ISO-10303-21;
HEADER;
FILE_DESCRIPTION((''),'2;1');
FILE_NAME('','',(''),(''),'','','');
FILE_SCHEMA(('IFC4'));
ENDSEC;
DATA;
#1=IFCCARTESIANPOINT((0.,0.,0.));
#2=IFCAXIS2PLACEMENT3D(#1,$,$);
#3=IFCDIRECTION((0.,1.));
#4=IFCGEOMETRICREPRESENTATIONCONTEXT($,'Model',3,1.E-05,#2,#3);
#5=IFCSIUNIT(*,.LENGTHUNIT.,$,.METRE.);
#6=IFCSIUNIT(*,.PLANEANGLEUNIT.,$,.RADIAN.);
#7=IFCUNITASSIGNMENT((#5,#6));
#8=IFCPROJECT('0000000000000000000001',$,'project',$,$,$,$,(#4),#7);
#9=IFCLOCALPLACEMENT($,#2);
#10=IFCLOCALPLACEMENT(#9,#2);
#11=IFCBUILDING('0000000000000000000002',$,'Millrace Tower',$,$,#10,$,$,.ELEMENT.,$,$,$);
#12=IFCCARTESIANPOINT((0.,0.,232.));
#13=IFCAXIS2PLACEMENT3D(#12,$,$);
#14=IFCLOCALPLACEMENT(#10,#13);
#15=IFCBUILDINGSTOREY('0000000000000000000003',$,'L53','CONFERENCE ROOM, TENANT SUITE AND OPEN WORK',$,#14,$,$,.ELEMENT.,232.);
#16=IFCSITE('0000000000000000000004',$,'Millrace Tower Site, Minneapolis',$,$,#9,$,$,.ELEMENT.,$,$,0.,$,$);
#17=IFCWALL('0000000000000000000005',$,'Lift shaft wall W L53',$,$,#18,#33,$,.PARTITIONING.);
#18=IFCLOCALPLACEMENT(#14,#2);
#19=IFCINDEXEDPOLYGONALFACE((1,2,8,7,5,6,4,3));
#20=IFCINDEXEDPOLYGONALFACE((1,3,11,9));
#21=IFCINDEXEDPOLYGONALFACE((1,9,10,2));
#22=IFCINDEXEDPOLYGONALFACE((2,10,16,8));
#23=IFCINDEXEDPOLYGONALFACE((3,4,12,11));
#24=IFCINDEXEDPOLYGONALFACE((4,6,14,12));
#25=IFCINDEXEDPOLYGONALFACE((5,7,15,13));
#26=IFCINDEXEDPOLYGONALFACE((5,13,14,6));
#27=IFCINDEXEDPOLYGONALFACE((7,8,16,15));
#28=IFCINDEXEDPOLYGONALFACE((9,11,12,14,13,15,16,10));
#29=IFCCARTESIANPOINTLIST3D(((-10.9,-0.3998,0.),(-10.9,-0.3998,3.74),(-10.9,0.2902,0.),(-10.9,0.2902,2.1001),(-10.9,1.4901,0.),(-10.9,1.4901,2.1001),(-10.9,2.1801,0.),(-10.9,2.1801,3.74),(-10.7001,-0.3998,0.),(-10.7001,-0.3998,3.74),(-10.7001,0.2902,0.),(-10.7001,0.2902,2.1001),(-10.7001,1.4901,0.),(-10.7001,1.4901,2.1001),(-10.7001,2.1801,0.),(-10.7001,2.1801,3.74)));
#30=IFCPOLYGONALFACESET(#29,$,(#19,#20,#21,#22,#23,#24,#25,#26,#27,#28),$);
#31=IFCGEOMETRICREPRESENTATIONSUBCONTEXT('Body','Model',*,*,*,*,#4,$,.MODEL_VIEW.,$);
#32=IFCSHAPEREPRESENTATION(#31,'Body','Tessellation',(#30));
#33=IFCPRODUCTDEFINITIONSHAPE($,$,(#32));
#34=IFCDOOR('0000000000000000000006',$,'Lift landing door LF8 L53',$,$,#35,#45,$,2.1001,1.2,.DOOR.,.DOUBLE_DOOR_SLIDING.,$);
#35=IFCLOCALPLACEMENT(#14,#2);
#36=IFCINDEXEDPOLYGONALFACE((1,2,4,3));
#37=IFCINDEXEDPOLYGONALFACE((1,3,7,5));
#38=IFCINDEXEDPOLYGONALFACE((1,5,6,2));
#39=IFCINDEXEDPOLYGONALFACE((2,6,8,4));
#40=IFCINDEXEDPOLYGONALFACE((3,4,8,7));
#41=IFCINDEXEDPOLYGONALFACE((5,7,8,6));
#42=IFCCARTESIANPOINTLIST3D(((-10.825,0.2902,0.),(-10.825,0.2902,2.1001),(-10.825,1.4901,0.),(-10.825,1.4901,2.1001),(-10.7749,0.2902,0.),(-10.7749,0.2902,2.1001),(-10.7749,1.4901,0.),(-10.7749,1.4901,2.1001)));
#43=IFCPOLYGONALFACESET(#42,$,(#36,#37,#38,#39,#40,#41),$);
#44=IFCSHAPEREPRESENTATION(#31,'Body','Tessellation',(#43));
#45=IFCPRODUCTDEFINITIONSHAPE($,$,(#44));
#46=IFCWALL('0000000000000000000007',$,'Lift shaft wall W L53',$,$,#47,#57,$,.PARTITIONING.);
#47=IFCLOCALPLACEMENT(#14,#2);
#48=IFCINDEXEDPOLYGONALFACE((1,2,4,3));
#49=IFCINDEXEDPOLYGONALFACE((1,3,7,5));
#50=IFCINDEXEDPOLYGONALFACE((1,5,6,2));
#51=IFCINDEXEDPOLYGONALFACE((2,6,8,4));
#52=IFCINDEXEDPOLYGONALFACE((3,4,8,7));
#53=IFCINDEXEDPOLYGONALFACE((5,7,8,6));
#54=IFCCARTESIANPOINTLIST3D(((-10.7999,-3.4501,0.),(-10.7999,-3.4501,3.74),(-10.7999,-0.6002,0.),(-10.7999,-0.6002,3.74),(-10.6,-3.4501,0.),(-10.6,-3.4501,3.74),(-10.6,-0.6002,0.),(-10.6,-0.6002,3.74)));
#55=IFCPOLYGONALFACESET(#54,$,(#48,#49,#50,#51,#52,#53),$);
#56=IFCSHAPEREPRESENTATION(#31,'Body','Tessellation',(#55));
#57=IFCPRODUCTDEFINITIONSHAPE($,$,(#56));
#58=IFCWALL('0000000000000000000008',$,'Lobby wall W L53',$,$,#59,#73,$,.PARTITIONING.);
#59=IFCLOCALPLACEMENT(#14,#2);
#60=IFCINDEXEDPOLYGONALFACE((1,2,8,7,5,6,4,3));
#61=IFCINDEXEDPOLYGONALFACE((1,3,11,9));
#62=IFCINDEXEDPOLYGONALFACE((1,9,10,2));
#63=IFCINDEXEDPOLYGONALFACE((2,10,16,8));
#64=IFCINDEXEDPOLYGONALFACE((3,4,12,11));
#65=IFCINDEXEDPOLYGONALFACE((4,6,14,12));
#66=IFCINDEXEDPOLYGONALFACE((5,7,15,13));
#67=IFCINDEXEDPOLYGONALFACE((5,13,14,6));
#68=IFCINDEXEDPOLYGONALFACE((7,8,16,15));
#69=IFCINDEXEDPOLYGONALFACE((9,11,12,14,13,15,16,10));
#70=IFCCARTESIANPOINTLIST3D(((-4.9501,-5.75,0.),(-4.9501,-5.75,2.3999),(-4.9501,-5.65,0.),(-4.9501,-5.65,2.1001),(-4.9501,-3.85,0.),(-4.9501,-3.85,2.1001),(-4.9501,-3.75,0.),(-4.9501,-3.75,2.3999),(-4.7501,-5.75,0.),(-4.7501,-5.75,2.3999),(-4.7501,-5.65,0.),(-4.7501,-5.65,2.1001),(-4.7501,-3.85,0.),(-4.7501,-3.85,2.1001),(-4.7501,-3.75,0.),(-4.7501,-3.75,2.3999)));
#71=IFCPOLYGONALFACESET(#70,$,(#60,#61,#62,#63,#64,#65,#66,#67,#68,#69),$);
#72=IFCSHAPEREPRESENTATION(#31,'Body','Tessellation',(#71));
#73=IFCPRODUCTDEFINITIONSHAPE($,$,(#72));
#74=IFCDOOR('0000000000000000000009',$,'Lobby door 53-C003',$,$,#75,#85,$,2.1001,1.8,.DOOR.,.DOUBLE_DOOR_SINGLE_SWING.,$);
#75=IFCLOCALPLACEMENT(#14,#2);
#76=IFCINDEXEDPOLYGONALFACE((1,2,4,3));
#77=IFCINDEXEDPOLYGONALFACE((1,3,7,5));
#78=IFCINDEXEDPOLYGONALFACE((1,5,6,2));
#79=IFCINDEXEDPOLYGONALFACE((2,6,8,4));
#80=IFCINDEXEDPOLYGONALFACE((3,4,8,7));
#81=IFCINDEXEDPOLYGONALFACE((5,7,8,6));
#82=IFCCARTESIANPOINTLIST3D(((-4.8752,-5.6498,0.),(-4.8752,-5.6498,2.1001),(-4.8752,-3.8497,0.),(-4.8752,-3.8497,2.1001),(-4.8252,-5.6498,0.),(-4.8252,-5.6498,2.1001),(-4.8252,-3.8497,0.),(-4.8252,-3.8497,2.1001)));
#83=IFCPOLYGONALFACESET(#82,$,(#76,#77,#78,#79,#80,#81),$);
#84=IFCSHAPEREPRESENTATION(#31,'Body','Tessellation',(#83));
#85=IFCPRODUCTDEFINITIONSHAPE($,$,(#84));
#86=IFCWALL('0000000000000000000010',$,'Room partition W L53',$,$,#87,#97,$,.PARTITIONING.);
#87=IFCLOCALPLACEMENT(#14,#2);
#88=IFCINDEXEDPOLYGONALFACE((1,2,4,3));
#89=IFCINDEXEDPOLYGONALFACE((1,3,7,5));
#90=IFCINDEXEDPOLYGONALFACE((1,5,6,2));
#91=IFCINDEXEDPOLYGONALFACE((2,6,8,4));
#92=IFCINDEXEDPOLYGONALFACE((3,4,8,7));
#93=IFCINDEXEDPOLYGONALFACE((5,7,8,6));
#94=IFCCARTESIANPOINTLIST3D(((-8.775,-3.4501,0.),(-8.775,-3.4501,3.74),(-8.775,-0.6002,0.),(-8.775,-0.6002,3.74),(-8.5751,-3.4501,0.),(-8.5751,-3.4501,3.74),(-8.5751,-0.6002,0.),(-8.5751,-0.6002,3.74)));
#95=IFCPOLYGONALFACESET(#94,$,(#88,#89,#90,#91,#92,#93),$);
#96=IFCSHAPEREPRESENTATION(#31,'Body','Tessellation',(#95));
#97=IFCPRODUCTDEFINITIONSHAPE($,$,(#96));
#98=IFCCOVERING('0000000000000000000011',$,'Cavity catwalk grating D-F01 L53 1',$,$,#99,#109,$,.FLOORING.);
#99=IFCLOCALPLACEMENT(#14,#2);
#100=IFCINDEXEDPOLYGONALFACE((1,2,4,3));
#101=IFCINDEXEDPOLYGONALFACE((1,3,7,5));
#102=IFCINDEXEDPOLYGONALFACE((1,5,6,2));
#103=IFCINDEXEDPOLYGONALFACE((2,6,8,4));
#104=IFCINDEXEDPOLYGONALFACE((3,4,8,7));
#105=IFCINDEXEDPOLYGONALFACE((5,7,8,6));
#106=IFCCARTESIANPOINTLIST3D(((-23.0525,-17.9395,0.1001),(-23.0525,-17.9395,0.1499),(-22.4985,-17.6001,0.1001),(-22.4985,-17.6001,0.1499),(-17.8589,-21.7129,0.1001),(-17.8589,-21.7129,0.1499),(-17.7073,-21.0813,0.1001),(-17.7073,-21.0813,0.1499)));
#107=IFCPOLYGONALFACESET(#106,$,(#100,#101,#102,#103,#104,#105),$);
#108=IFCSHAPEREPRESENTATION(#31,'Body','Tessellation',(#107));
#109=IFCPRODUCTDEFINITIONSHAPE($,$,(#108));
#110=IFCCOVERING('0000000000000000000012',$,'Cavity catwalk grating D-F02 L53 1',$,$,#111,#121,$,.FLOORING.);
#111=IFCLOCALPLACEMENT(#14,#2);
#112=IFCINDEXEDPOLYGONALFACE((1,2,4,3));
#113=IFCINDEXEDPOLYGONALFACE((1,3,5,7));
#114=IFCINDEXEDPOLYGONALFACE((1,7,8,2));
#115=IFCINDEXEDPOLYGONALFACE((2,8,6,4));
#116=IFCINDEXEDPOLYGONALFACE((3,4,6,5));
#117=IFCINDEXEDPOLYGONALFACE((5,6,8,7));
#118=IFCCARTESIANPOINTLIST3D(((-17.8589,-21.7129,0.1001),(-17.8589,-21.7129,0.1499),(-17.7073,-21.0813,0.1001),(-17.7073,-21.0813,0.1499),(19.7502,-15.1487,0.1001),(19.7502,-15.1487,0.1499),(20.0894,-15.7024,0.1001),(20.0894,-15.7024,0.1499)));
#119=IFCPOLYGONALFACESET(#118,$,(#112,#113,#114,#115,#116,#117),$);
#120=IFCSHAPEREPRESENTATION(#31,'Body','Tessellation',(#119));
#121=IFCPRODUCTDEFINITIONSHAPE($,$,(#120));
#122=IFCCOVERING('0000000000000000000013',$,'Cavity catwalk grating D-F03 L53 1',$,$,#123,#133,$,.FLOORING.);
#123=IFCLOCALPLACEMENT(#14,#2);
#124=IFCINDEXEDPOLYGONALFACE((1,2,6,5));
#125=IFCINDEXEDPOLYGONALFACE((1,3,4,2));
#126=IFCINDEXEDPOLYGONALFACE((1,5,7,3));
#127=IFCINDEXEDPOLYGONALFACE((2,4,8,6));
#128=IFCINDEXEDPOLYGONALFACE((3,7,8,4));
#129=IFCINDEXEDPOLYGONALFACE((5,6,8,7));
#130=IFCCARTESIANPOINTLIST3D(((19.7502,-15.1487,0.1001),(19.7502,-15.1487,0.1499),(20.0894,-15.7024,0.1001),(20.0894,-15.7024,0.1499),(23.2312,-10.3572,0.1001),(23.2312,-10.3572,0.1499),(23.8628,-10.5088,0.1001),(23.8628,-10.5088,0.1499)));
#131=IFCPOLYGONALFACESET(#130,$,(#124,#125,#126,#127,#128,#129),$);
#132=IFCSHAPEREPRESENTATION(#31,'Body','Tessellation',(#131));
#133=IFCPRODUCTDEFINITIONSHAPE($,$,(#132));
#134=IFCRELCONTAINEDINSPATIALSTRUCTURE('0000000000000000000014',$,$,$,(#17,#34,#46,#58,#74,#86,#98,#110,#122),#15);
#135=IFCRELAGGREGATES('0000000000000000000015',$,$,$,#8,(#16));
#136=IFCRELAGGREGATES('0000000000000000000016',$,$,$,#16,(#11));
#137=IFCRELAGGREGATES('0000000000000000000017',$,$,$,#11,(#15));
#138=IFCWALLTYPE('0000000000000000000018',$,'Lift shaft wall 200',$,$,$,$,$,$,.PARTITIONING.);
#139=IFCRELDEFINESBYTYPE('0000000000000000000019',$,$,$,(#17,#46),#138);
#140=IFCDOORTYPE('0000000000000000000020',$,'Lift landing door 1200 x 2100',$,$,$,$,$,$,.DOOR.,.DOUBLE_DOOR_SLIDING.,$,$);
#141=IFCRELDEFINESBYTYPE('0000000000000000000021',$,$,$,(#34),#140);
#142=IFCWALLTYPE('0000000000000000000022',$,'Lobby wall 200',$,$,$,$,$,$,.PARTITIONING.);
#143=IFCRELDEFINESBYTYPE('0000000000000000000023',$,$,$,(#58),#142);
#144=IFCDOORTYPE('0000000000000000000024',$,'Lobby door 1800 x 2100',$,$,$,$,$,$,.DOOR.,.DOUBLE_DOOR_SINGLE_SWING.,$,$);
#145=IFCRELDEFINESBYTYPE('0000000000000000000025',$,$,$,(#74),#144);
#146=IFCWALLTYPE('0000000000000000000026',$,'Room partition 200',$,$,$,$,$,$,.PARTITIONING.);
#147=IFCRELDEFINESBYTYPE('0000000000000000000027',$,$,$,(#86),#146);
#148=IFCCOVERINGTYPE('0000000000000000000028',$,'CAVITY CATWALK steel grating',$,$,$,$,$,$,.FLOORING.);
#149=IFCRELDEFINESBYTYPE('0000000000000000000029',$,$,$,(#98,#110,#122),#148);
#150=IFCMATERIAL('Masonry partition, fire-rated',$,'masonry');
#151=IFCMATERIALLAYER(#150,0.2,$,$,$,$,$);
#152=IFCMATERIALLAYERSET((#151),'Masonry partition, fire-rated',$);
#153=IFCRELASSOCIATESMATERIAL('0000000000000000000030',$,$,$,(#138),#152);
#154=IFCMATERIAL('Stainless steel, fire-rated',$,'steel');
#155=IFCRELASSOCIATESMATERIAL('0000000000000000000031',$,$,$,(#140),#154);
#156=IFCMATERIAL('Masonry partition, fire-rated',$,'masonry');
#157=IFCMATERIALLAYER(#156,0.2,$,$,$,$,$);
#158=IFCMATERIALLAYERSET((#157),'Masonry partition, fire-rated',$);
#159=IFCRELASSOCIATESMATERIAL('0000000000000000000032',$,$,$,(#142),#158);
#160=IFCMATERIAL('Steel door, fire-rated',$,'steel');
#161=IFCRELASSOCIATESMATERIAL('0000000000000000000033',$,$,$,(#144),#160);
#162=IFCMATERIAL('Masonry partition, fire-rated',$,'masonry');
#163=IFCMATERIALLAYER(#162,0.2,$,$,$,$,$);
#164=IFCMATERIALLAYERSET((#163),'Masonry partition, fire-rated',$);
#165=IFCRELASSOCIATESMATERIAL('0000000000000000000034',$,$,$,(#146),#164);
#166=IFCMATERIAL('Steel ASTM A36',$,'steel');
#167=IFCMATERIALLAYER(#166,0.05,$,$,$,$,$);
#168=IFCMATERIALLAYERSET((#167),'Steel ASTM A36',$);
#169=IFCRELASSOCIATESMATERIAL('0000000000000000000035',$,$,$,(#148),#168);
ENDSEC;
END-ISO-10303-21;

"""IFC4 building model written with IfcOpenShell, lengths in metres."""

from ifc_helpers import new_model, si_unit, direction, frame, frame_2d, origin, place, context, subcontext, project, spatial, polyline, rectangle, outline, extrude, material, layer, layer_set, type_object, element, fill, save


model = new_model("IFC4")

# Units and contexts
model_context = context("Model", 3, precision=1e-05, world=origin(), true_north=direction((0.0, 1.0)))
body_context = subcontext(model_context, "Body", "Model", "MODEL_VIEW")
ifc_project = project(units=[si_unit("LENGTHUNIT", "METRE"), si_unit("PLANEANGLEUNIT", "RADIAN")], contexts=[model_context])

# Site, building, storey
site_placement = place(None, origin())
site = spatial("IfcSite", under=ifc_project, at=site_placement, Name="Millrace Tower Site, Minneapolis", CompositionType="ELEMENT", RefElevation=0.0)
building_placement = place(site_placement, origin())
building = spatial("IfcBuilding", under=site, at=building_placement, Name="Millrace Tower", CompositionType="ELEMENT")
storey_placement = place(building_placement, frame((0.0, 0.0, 232.0)))
storey = spatial("IfcBuildingStorey", under=building, at=storey_placement, Name="L53", Description="CONFERENCE ROOM, TENANT SUITE AND OPEN WORK", CompositionType="ELEMENT", Elevation=232.0)

# Wall, opening, door
ifc_material_1 = material(Name="Masonry partition, fire-rated", Category="masonry")
ifc_layer_1 = layer(ifc_material_1, 0.2)
ifc_layer_set_1 = layer_set([ifc_layer_1], Name="Masonry partition, fire-rated")
wall_type_1 = type_object("IfcWallType", Name="Lift shaft wall 200", PredefinedType="PARTITIONING", material=ifc_layer_set_1)
wall_1_placement = place(storey_placement, frame((-10.8, -0.3999, 0.0), z_axis=(0.0, 0.0, 1.0), x_axis=(0.0, 1.0, 0.0)))
wall_1 = element("IfcWall", 1, at=wall_1_placement, inside=storey, type_object=wall_type_1, Name="Lift shaft wall W L53", PredefinedType="PARTITIONING", context=body_context, shape_type="SweptSolid", body=[
    extrude(rectangle(XDim=2.5798, YDim=0.2, at=frame_2d((1.29, 0.0))), origin(), (0.0, 0.0, 1.0), 3.74),
])
opening_1_placement = place(wall_1_placement, frame((0.6899, 0.0, 0.0)))
opening_1 = element("IfcOpeningElement", 2, at=opening_1_placement, cuts=wall_1, PredefinedType="OPENING", context=body_context, shape_type="SweptSolid", body=[
    extrude(rectangle(XDim=1.2, YDim=2.1001, at=frame_2d((0.6001, 1.05))), frame((0.0, 0.1099, 0.0), z_axis=(0.0, -1.0, 0.0), x_axis=(1.0, 0.0, 0.0)), (0.0, 0.0, 1.0), 0.22),
])
ifc_material_2 = material(Name="Stainless steel, fire-rated", Category="steel")
door_type_1 = type_object("IfcDoorType", Name="Lift landing door 1200 x 2100", OperationType="DOUBLE_DOOR_SLIDING", PredefinedType="DOOR", material=ifc_material_2)
door_1_placement = place(opening_1_placement, origin())
door_1 = element("IfcDoor", 3, at=door_1_placement, inside=storey, type_object=door_type_1, Name="Lift landing door LF8 L53", OperationType="DOUBLE_DOOR_SLIDING", OverallHeight=2.1001, OverallWidth=1.2, PredefinedType="DOOR", context=body_context, shape_type="SweptSolid", body=[
    extrude(rectangle(XDim=1.2, YDim=2.1001, at=frame_2d((0.6001, 1.05))), frame((0.0, 0.0249, 0.0), z_axis=(0.0, -1.0, 0.0), x_axis=(1.0, 0.0, 0.0)), (0.0, 0.0, 1.0), 0.05),
])
fill(opening_1, door_1)

# Wall
wall_2_placement = place(storey_placement, frame((-10.7, -3.45, 0.0), z_axis=(0.0, 0.0, 1.0), x_axis=(0.0, 1.0, 0.0)))
element("IfcWall", 4, at=wall_2_placement, inside=storey, type_object=wall_type_1, Name="Lift shaft wall W L53", PredefinedType="PARTITIONING", context=body_context, shape_type="SweptSolid", body=[
    extrude(rectangle(XDim=2.8499, YDim=0.2, at=frame_2d((1.4248, 0.0))), origin(), (0.0, 0.0, 1.0), 3.74),
])

# Wall, opening, door
ifc_material_3 = material(Name="Masonry partition, fire-rated", Category="masonry")
ifc_layer_2 = layer(ifc_material_3, 0.2)
ifc_layer_set_2 = layer_set([ifc_layer_2], Name="Masonry partition, fire-rated")
wall_type_2 = type_object("IfcWallType", Name="Lobby wall 200", PredefinedType="PARTITIONING", material=ifc_layer_set_2)
wall_3_placement = place(storey_placement, frame((-4.8501, -5.75, 0.0), z_axis=(0.0, 0.0, 1.0), x_axis=(0.0, 1.0, 0.0)))
wall_3 = element("IfcWall", 5, at=wall_3_placement, inside=storey, type_object=wall_type_2, Name="Lobby wall W L53", PredefinedType="PARTITIONING", context=body_context, shape_type="SweptSolid", body=[
    extrude(rectangle(XDim=2.0, YDim=0.2, at=frame_2d((1.0, 0.0))), origin(), (0.0, 0.0, 1.0), 2.3999),
])
opening_2_placement = place(wall_3_placement, frame((0.1001, 0.0, 0.0)))
opening_2 = element("IfcOpeningElement", 6, at=opening_2_placement, cuts=wall_3, PredefinedType="OPENING", context=body_context, shape_type="SweptSolid", body=[
    extrude(rectangle(XDim=1.8, YDim=2.1001, at=frame_2d((0.8999, 1.05))), frame((0.0, 0.1099, 0.0), z_axis=(0.0, -1.0, 0.0), x_axis=(1.0, 0.0, 0.0)), (0.0, 0.0, 1.0), 0.22),
])
ifc_material_4 = material(Name="Steel door, fire-rated", Category="steel")
door_type_2 = type_object("IfcDoorType", Name="Lobby door 1800 x 2100", OperationType="DOUBLE_DOOR_SINGLE_SWING", PredefinedType="DOOR", material=ifc_material_4)
door_2_placement = place(opening_2_placement, frame((1.8, 0.0, 0.0), z_axis=(0.0, 0.0, 1.0), x_axis=(-1.0, 0.0, 0.0)))
door_2 = element("IfcDoor", 7, at=door_2_placement, inside=storey, type_object=door_type_2, Name="Lobby door 53-C003", OperationType="DOUBLE_DOOR_SINGLE_SWING", OverallHeight=2.1001, OverallWidth=1.8, PredefinedType="DOOR", context=body_context, shape_type="SweptSolid", body=[
    extrude(rectangle(XDim=1.8, YDim=2.1001, at=frame_2d((0.8999, 1.05))), frame((0.0, 0.0249, 0.0), z_axis=(0.0, -1.0, 0.0), x_axis=(1.0, 0.0, 0.0)), (0.0, 0.0, 1.0), 0.05),
])
fill(opening_2, door_2)

# Wall
ifc_material_5 = material(Name="Masonry partition, fire-rated", Category="masonry")
ifc_layer_3 = layer(ifc_material_5, 0.2)
ifc_layer_set_3 = layer_set([ifc_layer_3], Name="Masonry partition, fire-rated")
wall_type_3 = type_object("IfcWallType", Name="Room partition 200", PredefinedType="PARTITIONING", material=ifc_layer_set_3)
wall_4_placement = place(storey_placement, frame((-8.675, -3.45, 0.0), z_axis=(0.0, 0.0, 1.0), x_axis=(0.0, 1.0, 0.0)))
element("IfcWall", 8, at=wall_4_placement, inside=storey, type_object=wall_type_3, Name="Room partition W L53", PredefinedType="PARTITIONING", context=body_context, shape_type="SweptSolid", body=[
    extrude(rectangle(XDim=2.8499, YDim=0.2, at=frame_2d((1.4248, 0.0))), origin(), (0.0, 0.0, 1.0), 3.74),
])

# Coverings
ifc_material_6 = material(Name="Steel ASTM A36", Category="steel")
ifc_layer_4 = layer(ifc_material_6, 0.05)
ifc_layer_set_4 = layer_set([ifc_layer_4], Name="Steel ASTM A36")
covering_type = type_object("IfcCoveringType", Name="CAVITY CATWALK steel grating", PredefinedType="FLOORING", material=ifc_layer_set_4)
placement_1 = place(storey_placement, frame((0.0, 0.0, 0.1001)))
element("IfcCovering", 9, at=placement_1, inside=storey, type_object=covering_type, Name="Cavity catwalk grating D-F01 L53 1", PredefinedType="FLOORING", context=body_context, shape_type="SweptSolid", body=[
    extrude(outline(polyline([(-23.0525, -17.9395), (-17.8589, -21.7129), (-17.7073, -21.0813), (-22.4985, -17.6001), (-23.0525, -17.9395)])), origin(), (0.0, 0.0, 1.0), 0.0498),
])
element("IfcCovering", 10, at=placement_1, inside=storey, type_object=covering_type, Name="Cavity catwalk grating D-F02 L53 1", PredefinedType="FLOORING", context=body_context, shape_type="SweptSolid", body=[
    extrude(outline(polyline([(-17.8589, -21.7129), (20.0894, -15.7024), (19.7502, -15.1487), (-17.7073, -21.0813), (-17.8589, -21.7129)])), origin(), (0.0, 0.0, 1.0), 0.0498),
])
element("IfcCovering", 11, at=placement_1, inside=storey, type_object=covering_type, Name="Cavity catwalk grating D-F03 L53 1", PredefinedType="FLOORING", context=body_context, shape_type="SweptSolid", body=[
    extrude(outline(polyline([(20.0894, -15.7024), (23.8628, -10.5088), (23.2312, -10.3572), (19.7502, -15.1487), (20.0894, -15.7024)])), origin(), (0.0, 0.0, 1.0), 0.0498),
])

save(model, "model.ifc")
